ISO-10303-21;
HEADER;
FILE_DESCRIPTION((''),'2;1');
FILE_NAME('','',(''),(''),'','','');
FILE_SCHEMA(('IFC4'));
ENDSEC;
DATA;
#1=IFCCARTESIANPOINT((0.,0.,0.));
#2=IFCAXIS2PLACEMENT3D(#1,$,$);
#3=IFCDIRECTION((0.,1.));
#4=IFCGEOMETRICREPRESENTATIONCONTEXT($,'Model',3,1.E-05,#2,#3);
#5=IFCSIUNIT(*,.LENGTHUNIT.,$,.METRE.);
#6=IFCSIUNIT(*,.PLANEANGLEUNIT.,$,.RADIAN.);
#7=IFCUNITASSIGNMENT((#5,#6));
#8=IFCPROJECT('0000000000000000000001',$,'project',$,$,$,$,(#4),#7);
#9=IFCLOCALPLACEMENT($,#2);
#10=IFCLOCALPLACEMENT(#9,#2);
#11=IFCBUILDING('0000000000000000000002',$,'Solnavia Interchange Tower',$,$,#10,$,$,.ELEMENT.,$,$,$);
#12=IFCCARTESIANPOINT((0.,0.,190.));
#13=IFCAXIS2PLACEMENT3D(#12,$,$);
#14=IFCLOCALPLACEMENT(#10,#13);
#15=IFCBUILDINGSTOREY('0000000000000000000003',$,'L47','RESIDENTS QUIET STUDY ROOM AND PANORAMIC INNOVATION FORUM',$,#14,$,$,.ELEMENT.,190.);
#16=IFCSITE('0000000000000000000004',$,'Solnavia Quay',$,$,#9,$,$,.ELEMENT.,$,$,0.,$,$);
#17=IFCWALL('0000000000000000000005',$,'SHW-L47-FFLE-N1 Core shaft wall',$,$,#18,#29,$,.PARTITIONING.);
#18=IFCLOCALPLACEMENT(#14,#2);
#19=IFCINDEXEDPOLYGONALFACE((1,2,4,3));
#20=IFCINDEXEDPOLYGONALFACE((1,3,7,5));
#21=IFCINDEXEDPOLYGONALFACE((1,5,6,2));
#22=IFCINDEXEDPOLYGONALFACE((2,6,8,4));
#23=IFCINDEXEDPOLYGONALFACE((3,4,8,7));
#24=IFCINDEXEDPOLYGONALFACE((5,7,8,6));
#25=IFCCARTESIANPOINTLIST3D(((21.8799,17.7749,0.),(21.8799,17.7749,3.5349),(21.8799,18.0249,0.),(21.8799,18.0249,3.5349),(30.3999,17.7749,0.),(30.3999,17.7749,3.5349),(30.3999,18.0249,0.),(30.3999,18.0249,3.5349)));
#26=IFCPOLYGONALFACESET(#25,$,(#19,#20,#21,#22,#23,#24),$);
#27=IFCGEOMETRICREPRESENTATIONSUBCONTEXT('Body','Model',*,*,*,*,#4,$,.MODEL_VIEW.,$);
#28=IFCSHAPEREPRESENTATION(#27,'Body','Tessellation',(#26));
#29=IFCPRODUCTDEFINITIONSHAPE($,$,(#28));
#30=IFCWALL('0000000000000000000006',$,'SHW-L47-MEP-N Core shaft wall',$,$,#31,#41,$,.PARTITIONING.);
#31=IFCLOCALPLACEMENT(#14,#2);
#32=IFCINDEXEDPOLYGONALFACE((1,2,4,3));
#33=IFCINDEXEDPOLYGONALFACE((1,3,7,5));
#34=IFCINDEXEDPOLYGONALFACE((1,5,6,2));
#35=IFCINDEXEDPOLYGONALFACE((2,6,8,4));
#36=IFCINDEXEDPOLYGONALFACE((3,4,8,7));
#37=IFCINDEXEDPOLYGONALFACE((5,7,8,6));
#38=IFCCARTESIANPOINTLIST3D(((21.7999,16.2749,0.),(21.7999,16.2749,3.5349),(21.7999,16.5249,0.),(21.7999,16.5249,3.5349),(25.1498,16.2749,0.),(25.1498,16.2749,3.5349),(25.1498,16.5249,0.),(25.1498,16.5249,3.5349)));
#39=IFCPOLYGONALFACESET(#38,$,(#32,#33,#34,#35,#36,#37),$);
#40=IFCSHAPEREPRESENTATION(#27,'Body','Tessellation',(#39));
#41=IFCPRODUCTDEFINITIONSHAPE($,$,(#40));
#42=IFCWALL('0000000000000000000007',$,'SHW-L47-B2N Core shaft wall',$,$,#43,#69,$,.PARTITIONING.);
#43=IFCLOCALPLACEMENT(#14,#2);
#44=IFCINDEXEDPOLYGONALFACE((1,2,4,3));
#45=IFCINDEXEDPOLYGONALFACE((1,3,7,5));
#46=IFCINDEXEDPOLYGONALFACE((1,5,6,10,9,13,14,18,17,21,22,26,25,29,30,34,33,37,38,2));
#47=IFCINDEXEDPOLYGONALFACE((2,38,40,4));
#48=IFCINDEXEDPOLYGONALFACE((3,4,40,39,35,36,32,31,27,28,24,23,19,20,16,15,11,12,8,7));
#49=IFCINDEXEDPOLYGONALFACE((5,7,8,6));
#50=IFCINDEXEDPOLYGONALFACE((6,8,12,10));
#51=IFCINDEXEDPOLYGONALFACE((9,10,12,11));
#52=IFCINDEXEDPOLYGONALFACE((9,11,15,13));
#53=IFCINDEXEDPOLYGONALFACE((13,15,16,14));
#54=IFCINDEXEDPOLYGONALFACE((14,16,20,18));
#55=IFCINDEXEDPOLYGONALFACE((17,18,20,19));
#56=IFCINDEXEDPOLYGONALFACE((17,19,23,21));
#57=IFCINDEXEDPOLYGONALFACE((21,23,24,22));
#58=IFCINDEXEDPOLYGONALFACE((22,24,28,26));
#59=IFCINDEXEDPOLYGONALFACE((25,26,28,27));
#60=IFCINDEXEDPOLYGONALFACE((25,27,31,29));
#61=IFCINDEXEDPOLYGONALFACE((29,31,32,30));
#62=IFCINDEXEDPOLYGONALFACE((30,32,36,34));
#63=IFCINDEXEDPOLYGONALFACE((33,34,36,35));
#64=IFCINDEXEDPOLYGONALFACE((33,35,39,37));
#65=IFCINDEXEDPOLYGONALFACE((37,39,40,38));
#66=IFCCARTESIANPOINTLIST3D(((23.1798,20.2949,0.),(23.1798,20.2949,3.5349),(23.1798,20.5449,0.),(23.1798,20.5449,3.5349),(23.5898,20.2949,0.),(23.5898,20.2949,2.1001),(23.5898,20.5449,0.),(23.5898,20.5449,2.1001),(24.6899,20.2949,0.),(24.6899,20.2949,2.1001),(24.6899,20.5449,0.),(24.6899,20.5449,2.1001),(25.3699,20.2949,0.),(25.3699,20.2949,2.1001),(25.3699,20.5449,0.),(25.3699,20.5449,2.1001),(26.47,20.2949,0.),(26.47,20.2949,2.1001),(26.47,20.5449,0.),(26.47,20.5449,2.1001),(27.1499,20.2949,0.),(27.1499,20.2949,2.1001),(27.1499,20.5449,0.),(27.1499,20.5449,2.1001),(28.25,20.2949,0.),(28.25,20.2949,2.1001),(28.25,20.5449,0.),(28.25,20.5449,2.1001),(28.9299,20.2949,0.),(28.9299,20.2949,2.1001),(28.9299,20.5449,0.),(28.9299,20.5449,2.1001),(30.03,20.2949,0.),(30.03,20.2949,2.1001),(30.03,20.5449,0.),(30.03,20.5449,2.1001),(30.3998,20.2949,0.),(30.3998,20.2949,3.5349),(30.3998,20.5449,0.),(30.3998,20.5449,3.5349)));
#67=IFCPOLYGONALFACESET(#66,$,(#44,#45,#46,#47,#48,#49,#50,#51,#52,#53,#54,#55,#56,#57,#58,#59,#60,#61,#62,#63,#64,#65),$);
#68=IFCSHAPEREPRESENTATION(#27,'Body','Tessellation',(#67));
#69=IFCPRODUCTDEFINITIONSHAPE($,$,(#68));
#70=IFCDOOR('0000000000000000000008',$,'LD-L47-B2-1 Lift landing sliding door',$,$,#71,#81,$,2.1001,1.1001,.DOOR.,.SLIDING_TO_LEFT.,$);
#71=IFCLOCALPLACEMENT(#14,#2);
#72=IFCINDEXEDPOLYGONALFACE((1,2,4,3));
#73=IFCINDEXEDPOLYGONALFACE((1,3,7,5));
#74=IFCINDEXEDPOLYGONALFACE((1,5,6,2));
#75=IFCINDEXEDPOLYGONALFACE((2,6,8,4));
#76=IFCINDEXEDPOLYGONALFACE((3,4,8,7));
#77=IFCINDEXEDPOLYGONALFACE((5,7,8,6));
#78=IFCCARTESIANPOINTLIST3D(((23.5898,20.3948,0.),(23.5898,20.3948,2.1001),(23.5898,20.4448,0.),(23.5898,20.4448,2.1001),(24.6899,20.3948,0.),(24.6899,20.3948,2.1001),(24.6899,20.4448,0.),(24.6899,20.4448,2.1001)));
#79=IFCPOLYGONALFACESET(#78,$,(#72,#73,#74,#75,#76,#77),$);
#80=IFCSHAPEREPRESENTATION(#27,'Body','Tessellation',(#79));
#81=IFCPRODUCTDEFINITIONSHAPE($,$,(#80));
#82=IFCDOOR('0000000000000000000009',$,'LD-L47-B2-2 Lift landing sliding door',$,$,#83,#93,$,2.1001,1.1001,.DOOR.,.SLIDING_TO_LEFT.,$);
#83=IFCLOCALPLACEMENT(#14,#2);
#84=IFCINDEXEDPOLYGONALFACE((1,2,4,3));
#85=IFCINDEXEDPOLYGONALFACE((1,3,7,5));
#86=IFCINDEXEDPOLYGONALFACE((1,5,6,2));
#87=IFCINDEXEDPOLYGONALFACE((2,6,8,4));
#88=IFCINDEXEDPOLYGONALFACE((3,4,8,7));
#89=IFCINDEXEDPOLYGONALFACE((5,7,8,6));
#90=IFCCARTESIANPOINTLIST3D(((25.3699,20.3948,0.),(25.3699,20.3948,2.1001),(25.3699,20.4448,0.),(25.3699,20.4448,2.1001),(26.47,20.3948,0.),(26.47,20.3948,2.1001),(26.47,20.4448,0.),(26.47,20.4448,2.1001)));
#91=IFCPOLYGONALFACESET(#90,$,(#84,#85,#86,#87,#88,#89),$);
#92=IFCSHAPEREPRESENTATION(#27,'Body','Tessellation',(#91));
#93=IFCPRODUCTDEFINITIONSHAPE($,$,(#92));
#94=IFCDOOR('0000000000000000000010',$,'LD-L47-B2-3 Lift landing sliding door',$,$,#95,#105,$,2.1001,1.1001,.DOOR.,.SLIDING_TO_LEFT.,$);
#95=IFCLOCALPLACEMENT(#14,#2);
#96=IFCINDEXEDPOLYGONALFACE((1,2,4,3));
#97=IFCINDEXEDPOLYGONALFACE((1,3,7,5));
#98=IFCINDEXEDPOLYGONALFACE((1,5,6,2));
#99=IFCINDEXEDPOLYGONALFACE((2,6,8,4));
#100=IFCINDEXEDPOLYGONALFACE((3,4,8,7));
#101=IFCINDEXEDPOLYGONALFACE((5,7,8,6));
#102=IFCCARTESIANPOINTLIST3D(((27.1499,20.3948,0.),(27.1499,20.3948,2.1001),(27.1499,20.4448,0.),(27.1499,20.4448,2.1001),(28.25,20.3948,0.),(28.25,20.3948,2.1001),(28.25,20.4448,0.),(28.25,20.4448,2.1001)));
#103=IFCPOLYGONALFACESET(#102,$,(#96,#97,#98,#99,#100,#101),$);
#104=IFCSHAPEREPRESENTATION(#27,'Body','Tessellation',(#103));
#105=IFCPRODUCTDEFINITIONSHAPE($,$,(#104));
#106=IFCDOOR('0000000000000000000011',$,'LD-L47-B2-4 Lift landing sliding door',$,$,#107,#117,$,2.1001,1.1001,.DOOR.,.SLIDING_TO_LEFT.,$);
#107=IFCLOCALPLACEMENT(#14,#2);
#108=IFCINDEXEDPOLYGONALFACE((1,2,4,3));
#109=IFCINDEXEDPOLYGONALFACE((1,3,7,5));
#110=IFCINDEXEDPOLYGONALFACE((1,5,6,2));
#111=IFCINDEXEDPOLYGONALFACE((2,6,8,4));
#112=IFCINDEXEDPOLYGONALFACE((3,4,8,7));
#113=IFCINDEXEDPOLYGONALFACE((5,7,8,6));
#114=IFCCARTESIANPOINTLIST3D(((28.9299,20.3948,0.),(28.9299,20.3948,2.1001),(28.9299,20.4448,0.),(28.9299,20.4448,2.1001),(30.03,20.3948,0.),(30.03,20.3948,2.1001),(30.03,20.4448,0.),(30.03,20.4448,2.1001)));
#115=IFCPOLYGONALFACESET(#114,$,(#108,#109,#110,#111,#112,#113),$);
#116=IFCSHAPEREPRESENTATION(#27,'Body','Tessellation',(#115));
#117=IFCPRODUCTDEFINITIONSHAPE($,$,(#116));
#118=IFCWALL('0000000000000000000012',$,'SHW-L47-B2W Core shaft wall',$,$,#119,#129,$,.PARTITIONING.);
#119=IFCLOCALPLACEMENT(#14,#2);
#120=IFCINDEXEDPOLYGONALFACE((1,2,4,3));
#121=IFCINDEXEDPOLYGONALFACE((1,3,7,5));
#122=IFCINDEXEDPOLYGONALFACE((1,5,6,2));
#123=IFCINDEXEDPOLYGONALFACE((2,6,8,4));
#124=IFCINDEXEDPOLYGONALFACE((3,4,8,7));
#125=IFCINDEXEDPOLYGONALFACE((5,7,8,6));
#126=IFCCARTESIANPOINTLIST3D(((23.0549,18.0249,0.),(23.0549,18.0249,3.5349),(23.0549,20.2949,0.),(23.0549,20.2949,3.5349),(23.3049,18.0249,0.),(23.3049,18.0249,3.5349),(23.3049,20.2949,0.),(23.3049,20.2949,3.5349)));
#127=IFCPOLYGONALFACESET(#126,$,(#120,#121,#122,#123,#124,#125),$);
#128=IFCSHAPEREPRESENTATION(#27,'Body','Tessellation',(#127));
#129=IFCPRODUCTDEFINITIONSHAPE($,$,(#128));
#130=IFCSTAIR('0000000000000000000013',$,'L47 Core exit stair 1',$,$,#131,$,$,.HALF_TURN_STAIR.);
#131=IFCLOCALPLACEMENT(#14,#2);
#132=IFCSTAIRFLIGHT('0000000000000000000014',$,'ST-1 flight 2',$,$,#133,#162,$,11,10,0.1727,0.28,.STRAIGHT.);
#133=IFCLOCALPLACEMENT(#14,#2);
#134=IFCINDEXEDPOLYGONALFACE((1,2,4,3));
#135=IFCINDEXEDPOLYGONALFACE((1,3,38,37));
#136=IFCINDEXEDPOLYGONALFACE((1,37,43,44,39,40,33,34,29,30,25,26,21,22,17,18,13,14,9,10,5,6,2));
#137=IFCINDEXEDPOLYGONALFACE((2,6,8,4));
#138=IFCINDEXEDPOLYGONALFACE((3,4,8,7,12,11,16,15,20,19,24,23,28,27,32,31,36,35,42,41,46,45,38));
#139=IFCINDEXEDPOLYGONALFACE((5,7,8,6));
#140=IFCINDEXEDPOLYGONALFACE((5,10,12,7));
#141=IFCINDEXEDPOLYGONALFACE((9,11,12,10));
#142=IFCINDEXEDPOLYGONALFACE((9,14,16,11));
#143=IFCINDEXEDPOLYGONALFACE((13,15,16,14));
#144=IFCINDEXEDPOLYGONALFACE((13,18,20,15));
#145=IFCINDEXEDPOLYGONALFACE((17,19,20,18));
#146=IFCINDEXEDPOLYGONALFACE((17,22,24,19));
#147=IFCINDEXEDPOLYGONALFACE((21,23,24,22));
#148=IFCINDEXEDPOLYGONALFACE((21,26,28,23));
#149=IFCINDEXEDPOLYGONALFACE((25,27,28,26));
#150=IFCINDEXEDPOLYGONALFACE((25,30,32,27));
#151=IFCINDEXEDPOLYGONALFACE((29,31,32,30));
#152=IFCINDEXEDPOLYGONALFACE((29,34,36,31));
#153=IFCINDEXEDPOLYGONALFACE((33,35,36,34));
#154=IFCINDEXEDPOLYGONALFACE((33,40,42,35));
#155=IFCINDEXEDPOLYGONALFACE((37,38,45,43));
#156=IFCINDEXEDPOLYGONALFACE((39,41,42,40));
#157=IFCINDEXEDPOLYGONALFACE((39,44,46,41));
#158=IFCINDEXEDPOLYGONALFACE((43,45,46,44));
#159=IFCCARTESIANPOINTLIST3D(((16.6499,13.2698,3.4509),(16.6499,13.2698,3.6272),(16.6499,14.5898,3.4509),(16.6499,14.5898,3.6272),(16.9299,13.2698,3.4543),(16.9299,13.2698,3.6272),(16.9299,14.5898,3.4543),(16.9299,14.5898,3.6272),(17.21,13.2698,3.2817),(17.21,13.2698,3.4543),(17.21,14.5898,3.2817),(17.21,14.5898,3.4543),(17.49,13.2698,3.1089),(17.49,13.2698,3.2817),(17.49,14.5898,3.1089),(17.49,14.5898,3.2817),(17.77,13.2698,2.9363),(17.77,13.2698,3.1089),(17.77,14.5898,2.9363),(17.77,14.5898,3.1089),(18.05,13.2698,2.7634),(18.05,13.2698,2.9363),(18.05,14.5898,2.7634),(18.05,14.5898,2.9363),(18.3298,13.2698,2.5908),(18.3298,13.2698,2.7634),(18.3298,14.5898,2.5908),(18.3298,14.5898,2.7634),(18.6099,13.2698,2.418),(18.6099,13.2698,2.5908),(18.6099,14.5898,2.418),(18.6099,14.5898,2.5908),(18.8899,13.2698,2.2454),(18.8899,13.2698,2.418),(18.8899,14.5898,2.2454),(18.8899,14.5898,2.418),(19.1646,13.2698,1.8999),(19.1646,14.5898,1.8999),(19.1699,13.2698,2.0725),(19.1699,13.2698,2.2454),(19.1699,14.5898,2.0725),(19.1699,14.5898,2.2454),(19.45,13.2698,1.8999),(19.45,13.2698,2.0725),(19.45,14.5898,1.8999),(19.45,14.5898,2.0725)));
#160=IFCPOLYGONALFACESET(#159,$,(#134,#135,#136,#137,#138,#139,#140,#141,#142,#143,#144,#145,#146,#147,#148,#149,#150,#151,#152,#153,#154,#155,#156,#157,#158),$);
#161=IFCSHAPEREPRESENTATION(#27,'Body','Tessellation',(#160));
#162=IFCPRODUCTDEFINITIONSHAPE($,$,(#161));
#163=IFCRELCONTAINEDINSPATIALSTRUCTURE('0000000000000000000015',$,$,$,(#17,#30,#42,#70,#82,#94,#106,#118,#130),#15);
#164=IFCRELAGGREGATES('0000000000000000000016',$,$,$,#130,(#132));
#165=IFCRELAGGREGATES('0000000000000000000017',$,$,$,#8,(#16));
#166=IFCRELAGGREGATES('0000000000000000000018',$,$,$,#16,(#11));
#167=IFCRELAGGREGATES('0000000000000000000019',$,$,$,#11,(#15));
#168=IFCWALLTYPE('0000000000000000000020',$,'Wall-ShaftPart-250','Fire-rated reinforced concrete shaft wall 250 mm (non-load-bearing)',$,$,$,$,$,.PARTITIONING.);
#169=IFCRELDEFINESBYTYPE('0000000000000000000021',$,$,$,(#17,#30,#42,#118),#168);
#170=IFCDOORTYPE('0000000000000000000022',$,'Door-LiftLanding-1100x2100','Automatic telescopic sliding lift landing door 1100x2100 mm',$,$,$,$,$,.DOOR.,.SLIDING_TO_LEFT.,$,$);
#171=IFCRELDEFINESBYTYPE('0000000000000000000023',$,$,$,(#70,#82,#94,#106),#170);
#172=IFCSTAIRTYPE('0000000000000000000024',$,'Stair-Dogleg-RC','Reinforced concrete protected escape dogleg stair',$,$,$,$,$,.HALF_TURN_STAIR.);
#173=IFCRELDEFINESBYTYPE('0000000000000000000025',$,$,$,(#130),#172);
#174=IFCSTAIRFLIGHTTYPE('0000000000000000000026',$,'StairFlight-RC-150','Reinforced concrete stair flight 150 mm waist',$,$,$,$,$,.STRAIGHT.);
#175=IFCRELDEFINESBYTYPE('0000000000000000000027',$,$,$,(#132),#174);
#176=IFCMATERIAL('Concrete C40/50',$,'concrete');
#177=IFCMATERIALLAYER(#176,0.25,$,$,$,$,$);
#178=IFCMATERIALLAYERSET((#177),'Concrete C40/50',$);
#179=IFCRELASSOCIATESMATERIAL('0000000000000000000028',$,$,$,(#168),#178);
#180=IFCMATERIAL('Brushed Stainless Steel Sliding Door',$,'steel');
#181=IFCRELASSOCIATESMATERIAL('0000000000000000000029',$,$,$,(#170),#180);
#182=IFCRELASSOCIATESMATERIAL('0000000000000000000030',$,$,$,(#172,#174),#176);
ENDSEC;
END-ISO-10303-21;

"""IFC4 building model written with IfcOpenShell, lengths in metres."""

from ifc_helpers import new_model, si_unit, direction, frame, frame_2d, origin, place, context, subcontext, project, spatial, polyline, rectangle, outline, extrude, material, layer, layer_set, type_object, element, fill, aggregate, save


model = new_model("IFC4")

# Units and contexts
model_context = context("Model", 3, precision=1e-05, world=origin(), true_north=direction((0.0, 1.0)))
body_context = subcontext(model_context, "Body", "Model", "MODEL_VIEW")
ifc_project = project(units=[si_unit("LENGTHUNIT", "METRE"), si_unit("PLANEANGLEUNIT", "RADIAN")], contexts=[model_context])

# Site, building, storey
site_placement = place(None, origin())
site = spatial("IfcSite", under=ifc_project, at=site_placement, Name="Solnavia Quay", CompositionType="ELEMENT", RefElevation=0.0)
building_placement = place(site_placement, origin())
building = spatial("IfcBuilding", under=site, at=building_placement, Name="Solnavia Interchange Tower", CompositionType="ELEMENT")
storey_placement = place(building_placement, frame((0.0, 0.0, 190.0)))
storey = spatial("IfcBuildingStorey", under=building, at=storey_placement, Name="L47", Description="RESIDENTS QUIET STUDY ROOM AND PANORAMIC INNOVATION FORUM", CompositionType="ELEMENT", Elevation=190.0)

# Shared definitions
ifc_material_1 = material(Name="Concrete C40/50", Category="concrete")

# Shared definitions
ifc_layer_1 = layer(ifc_material_1, 0.25)
ifc_layer_set_1 = layer_set([ifc_layer_1], Name="Concrete C40/50")
wall_type_1 = type_object("IfcWallType", Name="Wall-ShaftPart-250", Description="Fire-rated reinforced concrete shaft wall 250 mm (non-load-bearing)", PredefinedType="PARTITIONING", material=ifc_layer_set_1)

# Shared definitions
ifc_material_2 = material(Name="Brushed Stainless Steel Sliding Door", Category="steel")
door_type_1 = type_object("IfcDoorType", Name="Door-LiftLanding-1100x2100", Description="Automatic telescopic sliding lift landing door 1100x2100 mm", OperationType="SLIDING_TO_LEFT", PredefinedType="DOOR", material=ifc_material_2)

# Walls
wall_1_placement = place(storey_placement, frame((21.8799, 17.8999, 0.0), z_axis=(0.0, 0.0, 1.0), x_axis=(1.0, 0.0, 0.0)))
element("IfcWall", 1, at=wall_1_placement, inside=storey, type_object=wall_type_1, Name="SHW-L47-FFLE-N1 Core shaft wall", PredefinedType="PARTITIONING", context=body_context, shape_type="SweptSolid", body=[
    extrude(rectangle(XDim=8.52, YDim=0.25, at=frame_2d((4.26, 0.0))), origin(), (0.0, 0.0, 1.0), 3.5349),
])
wall_2_placement = place(storey_placement, frame((21.8, 16.3999, 0.0), z_axis=(0.0, 0.0, 1.0), x_axis=(1.0, 0.0, 0.0)))
element("IfcWall", 2, at=wall_2_placement, inside=storey, type_object=wall_type_1, Name="SHW-L47-MEP-N Core shaft wall", PredefinedType="PARTITIONING", context=body_context, shape_type="SweptSolid", body=[
    extrude(rectangle(XDim=3.3499, YDim=0.25, at=frame_2d((1.6748, 0.0))), origin(), (0.0, 0.0, 1.0), 3.5349),
])

# Wall, openings, doors
wall_3_placement = place(storey_placement, frame((23.1799, 20.4199, 0.0), z_axis=(0.0, 0.0, 1.0), x_axis=(1.0, 0.0, 0.0)))
wall_3 = element("IfcWall", 3, at=wall_3_placement, inside=storey, type_object=wall_type_1, Name="SHW-L47-B2N Core shaft wall", PredefinedType="PARTITIONING", context=body_context, shape_type="SweptSolid", body=[
    extrude(rectangle(XDim=7.22, YDim=0.25, at=frame_2d((3.6099, 0.0))), origin(), (0.0, 0.0, 1.0), 3.5349),
])
opening_1_placement = place(wall_3_placement, frame((0.4099, 0.0, 0.0)))
opening_1 = element("IfcOpeningElement", 4, at=opening_1_placement, cuts=wall_3, PredefinedType="OPENING", context=body_context, shape_type="SweptSolid", body=[
    extrude(rectangle(XDim=1.1001, YDim=2.1001, at=frame_2d((0.55, 1.05))), frame((0.0, 0.135, 0.0), z_axis=(0.0, -1.0, 0.0), x_axis=(1.0, 0.0, 0.0)), (0.0, 0.0, 1.0), 0.27),
])
opening_2_placement = place(wall_3_placement, frame((2.1899, 0.0, 0.0)))
opening_2 = element("IfcOpeningElement", 5, at=opening_2_placement, cuts=wall_3, PredefinedType="OPENING", context=body_context, shape_type="SweptSolid", body=[
    extrude(rectangle(XDim=1.1001, YDim=2.1001, at=frame_2d((0.55, 1.05))), frame((0.0, 0.135, 0.0), z_axis=(0.0, -1.0, 0.0), x_axis=(1.0, 0.0, 0.0)), (0.0, 0.0, 1.0), 0.27),
])
opening_3_placement = place(wall_3_placement, frame((3.97, 0.0, 0.0)))
opening_3 = element("IfcOpeningElement", 6, at=opening_3_placement, cuts=wall_3, PredefinedType="OPENING", context=body_context, shape_type="SweptSolid", body=[
    extrude(rectangle(XDim=1.1001, YDim=2.1001, at=frame_2d((0.55, 1.05))), frame((0.0, 0.135, 0.0), z_axis=(0.0, -1.0, 0.0), x_axis=(1.0, 0.0, 0.0)), (0.0, 0.0, 1.0), 0.27),
])
opening_4_placement = place(wall_3_placement, frame((5.75, 0.0, 0.0)))
opening_4 = element("IfcOpeningElement", 7, at=opening_4_placement, cuts=wall_3, PredefinedType="OPENING", context=body_context, shape_type="SweptSolid", body=[
    extrude(rectangle(XDim=1.1001, YDim=2.1001, at=frame_2d((0.55, 1.05))), frame((0.0, 0.135, 0.0), z_axis=(0.0, -1.0, 0.0), x_axis=(1.0, 0.0, 0.0)), (0.0, 0.0, 1.0), 0.27),
])
door_1_placement = place(opening_1_placement, origin())
door_1 = element("IfcDoor", 8, at=door_1_placement, inside=storey, type_object=door_type_1, Name="LD-L47-B2-1 Lift landing sliding door", OperationType="SLIDING_TO_LEFT", OverallHeight=2.1001, OverallWidth=1.1001, PredefinedType="DOOR", context=body_context, shape_type="SweptSolid", body=[
    extrude(rectangle(XDim=1.1001, YDim=2.1001, at=frame_2d((0.55, 1.05))), frame((0.0, 0.0249, 0.0), z_axis=(0.0, -1.0, 0.0), x_axis=(1.0, 0.0, 0.0)), (0.0, 0.0, 1.0), 0.05),
])
fill(opening_1, door_1)
door_2_placement = place(opening_2_placement, origin())
door_2 = element("IfcDoor", 9, at=door_2_placement, inside=storey, type_object=door_type_1, Name="LD-L47-B2-2 Lift landing sliding door", OperationType="SLIDING_TO_LEFT", OverallHeight=2.1001, OverallWidth=1.1001, PredefinedType="DOOR", context=body_context, shape_type="SweptSolid", body=[
    extrude(rectangle(XDim=1.1001, YDim=2.1001, at=frame_2d((0.55, 1.05))), frame((0.0, 0.0249, 0.0), z_axis=(0.0, -1.0, 0.0), x_axis=(1.0, 0.0, 0.0)), (0.0, 0.0, 1.0), 0.05),
])
fill(opening_2, door_2)
door_3_placement = place(opening_3_placement, origin())
door_3 = element("IfcDoor", 10, at=door_3_placement, inside=storey, type_object=door_type_1, Name="LD-L47-B2-3 Lift landing sliding door", OperationType="SLIDING_TO_LEFT", OverallHeight=2.1001, OverallWidth=1.1001, PredefinedType="DOOR", context=body_context, shape_type="SweptSolid", body=[
    extrude(rectangle(XDim=1.1001, YDim=2.1001, at=frame_2d((0.55, 1.05))), frame((0.0, 0.0249, 0.0), z_axis=(0.0, -1.0, 0.0), x_axis=(1.0, 0.0, 0.0)), (0.0, 0.0, 1.0), 0.05),
])
fill(opening_3, door_3)
door_4_placement = place(opening_4_placement, origin())
door_4 = element("IfcDoor", 11, at=door_4_placement, inside=storey, type_object=door_type_1, Name="LD-L47-B2-4 Lift landing sliding door", OperationType="SLIDING_TO_LEFT", OverallHeight=2.1001, OverallWidth=1.1001, PredefinedType="DOOR", context=body_context, shape_type="SweptSolid", body=[
    extrude(rectangle(XDim=1.1001, YDim=2.1001, at=frame_2d((0.55, 1.05))), frame((0.0, 0.0249, 0.0), z_axis=(0.0, -1.0, 0.0), x_axis=(1.0, 0.0, 0.0)), (0.0, 0.0, 1.0), 0.05),
])
fill(opening_4, door_4)

# Wall
wall_4_placement = place(storey_placement, frame((23.1799, 18.0249, 0.0), z_axis=(0.0, 0.0, 1.0), x_axis=(0.0, 1.0, 0.0)))
element("IfcWall", 12, at=wall_4_placement, inside=storey, type_object=wall_type_1, Name="SHW-L47-B2W Core shaft wall", PredefinedType="PARTITIONING", context=body_context, shape_type="SweptSolid", body=[
    extrude(rectangle(XDim=2.27, YDim=0.25, at=frame_2d((1.135, 0.0))), origin(), (0.0, 0.0, 1.0), 3.5349),
])

# Stair, stair flight
stair_type = type_object("IfcStairType", Name="Stair-Dogleg-RC", Description="Reinforced concrete protected escape dogleg stair", PredefinedType="HALF_TURN_STAIR", material=ifc_material_1)
stair_placement = place(storey_placement, origin())
stair = element("IfcStair", 13, at=stair_placement, inside=storey, type_object=stair_type, Name="L47 Core exit stair 1", PredefinedType="HALF_TURN_STAIR")
stair_flight_type = type_object("IfcStairFlightType", Name="StairFlight-RC-150", Description="Reinforced concrete stair flight 150 mm waist", PredefinedType="STRAIGHT", material=ifc_material_1)
stair_flight_placement = place(storey_placement, frame((19.45, 13.9299, 1.8999), z_axis=(0.0, 0.0, 1.0), x_axis=(-1.0, 0.0, 0.0)))
stair_flight = element("IfcStairFlight", 14, at=stair_flight_placement, type_object=stair_flight_type, Name="ST-1 flight 2", NumberOfRisers=11, NumberOfTreads=10, PredefinedType="STRAIGHT", RiserHeight=0.1727, TreadLength=0.28, context=body_context, shape_type="SweptSolid", body=[
    extrude(outline(polyline([(0.0, 0.0), (0.0, 0.1726), (0.28, 0.1726), (0.28, 0.3455), (0.5601, 0.3455), (0.5601, 0.5181), (0.8401, 0.5181), (0.8401, 0.6909), (1.1201, 0.6909), (1.1201, 0.8635), (1.3999, 0.8635), (1.3999, 1.0364), (1.6799, 1.0364), (1.6799, 1.209), (1.96, 1.209), (1.96, 1.3818), (2.24, 1.3818), (2.24, 1.5544), (2.52, 1.5544), (2.52, 1.7273), (2.8, 1.7273), (2.8, 1.8999), (2.8, 1.551), (0.2854, 0.0), (0.0, 0.0)])), frame((0.0, 0.6602, 0.0), z_axis=(0.0, -1.0, 0.0), x_axis=(1.0, 0.0, 0.0)), (0.0, 0.0, 1.0), 1.3201),
])
aggregate(stair, [stair_flight])

save(model, "model.ifc")
